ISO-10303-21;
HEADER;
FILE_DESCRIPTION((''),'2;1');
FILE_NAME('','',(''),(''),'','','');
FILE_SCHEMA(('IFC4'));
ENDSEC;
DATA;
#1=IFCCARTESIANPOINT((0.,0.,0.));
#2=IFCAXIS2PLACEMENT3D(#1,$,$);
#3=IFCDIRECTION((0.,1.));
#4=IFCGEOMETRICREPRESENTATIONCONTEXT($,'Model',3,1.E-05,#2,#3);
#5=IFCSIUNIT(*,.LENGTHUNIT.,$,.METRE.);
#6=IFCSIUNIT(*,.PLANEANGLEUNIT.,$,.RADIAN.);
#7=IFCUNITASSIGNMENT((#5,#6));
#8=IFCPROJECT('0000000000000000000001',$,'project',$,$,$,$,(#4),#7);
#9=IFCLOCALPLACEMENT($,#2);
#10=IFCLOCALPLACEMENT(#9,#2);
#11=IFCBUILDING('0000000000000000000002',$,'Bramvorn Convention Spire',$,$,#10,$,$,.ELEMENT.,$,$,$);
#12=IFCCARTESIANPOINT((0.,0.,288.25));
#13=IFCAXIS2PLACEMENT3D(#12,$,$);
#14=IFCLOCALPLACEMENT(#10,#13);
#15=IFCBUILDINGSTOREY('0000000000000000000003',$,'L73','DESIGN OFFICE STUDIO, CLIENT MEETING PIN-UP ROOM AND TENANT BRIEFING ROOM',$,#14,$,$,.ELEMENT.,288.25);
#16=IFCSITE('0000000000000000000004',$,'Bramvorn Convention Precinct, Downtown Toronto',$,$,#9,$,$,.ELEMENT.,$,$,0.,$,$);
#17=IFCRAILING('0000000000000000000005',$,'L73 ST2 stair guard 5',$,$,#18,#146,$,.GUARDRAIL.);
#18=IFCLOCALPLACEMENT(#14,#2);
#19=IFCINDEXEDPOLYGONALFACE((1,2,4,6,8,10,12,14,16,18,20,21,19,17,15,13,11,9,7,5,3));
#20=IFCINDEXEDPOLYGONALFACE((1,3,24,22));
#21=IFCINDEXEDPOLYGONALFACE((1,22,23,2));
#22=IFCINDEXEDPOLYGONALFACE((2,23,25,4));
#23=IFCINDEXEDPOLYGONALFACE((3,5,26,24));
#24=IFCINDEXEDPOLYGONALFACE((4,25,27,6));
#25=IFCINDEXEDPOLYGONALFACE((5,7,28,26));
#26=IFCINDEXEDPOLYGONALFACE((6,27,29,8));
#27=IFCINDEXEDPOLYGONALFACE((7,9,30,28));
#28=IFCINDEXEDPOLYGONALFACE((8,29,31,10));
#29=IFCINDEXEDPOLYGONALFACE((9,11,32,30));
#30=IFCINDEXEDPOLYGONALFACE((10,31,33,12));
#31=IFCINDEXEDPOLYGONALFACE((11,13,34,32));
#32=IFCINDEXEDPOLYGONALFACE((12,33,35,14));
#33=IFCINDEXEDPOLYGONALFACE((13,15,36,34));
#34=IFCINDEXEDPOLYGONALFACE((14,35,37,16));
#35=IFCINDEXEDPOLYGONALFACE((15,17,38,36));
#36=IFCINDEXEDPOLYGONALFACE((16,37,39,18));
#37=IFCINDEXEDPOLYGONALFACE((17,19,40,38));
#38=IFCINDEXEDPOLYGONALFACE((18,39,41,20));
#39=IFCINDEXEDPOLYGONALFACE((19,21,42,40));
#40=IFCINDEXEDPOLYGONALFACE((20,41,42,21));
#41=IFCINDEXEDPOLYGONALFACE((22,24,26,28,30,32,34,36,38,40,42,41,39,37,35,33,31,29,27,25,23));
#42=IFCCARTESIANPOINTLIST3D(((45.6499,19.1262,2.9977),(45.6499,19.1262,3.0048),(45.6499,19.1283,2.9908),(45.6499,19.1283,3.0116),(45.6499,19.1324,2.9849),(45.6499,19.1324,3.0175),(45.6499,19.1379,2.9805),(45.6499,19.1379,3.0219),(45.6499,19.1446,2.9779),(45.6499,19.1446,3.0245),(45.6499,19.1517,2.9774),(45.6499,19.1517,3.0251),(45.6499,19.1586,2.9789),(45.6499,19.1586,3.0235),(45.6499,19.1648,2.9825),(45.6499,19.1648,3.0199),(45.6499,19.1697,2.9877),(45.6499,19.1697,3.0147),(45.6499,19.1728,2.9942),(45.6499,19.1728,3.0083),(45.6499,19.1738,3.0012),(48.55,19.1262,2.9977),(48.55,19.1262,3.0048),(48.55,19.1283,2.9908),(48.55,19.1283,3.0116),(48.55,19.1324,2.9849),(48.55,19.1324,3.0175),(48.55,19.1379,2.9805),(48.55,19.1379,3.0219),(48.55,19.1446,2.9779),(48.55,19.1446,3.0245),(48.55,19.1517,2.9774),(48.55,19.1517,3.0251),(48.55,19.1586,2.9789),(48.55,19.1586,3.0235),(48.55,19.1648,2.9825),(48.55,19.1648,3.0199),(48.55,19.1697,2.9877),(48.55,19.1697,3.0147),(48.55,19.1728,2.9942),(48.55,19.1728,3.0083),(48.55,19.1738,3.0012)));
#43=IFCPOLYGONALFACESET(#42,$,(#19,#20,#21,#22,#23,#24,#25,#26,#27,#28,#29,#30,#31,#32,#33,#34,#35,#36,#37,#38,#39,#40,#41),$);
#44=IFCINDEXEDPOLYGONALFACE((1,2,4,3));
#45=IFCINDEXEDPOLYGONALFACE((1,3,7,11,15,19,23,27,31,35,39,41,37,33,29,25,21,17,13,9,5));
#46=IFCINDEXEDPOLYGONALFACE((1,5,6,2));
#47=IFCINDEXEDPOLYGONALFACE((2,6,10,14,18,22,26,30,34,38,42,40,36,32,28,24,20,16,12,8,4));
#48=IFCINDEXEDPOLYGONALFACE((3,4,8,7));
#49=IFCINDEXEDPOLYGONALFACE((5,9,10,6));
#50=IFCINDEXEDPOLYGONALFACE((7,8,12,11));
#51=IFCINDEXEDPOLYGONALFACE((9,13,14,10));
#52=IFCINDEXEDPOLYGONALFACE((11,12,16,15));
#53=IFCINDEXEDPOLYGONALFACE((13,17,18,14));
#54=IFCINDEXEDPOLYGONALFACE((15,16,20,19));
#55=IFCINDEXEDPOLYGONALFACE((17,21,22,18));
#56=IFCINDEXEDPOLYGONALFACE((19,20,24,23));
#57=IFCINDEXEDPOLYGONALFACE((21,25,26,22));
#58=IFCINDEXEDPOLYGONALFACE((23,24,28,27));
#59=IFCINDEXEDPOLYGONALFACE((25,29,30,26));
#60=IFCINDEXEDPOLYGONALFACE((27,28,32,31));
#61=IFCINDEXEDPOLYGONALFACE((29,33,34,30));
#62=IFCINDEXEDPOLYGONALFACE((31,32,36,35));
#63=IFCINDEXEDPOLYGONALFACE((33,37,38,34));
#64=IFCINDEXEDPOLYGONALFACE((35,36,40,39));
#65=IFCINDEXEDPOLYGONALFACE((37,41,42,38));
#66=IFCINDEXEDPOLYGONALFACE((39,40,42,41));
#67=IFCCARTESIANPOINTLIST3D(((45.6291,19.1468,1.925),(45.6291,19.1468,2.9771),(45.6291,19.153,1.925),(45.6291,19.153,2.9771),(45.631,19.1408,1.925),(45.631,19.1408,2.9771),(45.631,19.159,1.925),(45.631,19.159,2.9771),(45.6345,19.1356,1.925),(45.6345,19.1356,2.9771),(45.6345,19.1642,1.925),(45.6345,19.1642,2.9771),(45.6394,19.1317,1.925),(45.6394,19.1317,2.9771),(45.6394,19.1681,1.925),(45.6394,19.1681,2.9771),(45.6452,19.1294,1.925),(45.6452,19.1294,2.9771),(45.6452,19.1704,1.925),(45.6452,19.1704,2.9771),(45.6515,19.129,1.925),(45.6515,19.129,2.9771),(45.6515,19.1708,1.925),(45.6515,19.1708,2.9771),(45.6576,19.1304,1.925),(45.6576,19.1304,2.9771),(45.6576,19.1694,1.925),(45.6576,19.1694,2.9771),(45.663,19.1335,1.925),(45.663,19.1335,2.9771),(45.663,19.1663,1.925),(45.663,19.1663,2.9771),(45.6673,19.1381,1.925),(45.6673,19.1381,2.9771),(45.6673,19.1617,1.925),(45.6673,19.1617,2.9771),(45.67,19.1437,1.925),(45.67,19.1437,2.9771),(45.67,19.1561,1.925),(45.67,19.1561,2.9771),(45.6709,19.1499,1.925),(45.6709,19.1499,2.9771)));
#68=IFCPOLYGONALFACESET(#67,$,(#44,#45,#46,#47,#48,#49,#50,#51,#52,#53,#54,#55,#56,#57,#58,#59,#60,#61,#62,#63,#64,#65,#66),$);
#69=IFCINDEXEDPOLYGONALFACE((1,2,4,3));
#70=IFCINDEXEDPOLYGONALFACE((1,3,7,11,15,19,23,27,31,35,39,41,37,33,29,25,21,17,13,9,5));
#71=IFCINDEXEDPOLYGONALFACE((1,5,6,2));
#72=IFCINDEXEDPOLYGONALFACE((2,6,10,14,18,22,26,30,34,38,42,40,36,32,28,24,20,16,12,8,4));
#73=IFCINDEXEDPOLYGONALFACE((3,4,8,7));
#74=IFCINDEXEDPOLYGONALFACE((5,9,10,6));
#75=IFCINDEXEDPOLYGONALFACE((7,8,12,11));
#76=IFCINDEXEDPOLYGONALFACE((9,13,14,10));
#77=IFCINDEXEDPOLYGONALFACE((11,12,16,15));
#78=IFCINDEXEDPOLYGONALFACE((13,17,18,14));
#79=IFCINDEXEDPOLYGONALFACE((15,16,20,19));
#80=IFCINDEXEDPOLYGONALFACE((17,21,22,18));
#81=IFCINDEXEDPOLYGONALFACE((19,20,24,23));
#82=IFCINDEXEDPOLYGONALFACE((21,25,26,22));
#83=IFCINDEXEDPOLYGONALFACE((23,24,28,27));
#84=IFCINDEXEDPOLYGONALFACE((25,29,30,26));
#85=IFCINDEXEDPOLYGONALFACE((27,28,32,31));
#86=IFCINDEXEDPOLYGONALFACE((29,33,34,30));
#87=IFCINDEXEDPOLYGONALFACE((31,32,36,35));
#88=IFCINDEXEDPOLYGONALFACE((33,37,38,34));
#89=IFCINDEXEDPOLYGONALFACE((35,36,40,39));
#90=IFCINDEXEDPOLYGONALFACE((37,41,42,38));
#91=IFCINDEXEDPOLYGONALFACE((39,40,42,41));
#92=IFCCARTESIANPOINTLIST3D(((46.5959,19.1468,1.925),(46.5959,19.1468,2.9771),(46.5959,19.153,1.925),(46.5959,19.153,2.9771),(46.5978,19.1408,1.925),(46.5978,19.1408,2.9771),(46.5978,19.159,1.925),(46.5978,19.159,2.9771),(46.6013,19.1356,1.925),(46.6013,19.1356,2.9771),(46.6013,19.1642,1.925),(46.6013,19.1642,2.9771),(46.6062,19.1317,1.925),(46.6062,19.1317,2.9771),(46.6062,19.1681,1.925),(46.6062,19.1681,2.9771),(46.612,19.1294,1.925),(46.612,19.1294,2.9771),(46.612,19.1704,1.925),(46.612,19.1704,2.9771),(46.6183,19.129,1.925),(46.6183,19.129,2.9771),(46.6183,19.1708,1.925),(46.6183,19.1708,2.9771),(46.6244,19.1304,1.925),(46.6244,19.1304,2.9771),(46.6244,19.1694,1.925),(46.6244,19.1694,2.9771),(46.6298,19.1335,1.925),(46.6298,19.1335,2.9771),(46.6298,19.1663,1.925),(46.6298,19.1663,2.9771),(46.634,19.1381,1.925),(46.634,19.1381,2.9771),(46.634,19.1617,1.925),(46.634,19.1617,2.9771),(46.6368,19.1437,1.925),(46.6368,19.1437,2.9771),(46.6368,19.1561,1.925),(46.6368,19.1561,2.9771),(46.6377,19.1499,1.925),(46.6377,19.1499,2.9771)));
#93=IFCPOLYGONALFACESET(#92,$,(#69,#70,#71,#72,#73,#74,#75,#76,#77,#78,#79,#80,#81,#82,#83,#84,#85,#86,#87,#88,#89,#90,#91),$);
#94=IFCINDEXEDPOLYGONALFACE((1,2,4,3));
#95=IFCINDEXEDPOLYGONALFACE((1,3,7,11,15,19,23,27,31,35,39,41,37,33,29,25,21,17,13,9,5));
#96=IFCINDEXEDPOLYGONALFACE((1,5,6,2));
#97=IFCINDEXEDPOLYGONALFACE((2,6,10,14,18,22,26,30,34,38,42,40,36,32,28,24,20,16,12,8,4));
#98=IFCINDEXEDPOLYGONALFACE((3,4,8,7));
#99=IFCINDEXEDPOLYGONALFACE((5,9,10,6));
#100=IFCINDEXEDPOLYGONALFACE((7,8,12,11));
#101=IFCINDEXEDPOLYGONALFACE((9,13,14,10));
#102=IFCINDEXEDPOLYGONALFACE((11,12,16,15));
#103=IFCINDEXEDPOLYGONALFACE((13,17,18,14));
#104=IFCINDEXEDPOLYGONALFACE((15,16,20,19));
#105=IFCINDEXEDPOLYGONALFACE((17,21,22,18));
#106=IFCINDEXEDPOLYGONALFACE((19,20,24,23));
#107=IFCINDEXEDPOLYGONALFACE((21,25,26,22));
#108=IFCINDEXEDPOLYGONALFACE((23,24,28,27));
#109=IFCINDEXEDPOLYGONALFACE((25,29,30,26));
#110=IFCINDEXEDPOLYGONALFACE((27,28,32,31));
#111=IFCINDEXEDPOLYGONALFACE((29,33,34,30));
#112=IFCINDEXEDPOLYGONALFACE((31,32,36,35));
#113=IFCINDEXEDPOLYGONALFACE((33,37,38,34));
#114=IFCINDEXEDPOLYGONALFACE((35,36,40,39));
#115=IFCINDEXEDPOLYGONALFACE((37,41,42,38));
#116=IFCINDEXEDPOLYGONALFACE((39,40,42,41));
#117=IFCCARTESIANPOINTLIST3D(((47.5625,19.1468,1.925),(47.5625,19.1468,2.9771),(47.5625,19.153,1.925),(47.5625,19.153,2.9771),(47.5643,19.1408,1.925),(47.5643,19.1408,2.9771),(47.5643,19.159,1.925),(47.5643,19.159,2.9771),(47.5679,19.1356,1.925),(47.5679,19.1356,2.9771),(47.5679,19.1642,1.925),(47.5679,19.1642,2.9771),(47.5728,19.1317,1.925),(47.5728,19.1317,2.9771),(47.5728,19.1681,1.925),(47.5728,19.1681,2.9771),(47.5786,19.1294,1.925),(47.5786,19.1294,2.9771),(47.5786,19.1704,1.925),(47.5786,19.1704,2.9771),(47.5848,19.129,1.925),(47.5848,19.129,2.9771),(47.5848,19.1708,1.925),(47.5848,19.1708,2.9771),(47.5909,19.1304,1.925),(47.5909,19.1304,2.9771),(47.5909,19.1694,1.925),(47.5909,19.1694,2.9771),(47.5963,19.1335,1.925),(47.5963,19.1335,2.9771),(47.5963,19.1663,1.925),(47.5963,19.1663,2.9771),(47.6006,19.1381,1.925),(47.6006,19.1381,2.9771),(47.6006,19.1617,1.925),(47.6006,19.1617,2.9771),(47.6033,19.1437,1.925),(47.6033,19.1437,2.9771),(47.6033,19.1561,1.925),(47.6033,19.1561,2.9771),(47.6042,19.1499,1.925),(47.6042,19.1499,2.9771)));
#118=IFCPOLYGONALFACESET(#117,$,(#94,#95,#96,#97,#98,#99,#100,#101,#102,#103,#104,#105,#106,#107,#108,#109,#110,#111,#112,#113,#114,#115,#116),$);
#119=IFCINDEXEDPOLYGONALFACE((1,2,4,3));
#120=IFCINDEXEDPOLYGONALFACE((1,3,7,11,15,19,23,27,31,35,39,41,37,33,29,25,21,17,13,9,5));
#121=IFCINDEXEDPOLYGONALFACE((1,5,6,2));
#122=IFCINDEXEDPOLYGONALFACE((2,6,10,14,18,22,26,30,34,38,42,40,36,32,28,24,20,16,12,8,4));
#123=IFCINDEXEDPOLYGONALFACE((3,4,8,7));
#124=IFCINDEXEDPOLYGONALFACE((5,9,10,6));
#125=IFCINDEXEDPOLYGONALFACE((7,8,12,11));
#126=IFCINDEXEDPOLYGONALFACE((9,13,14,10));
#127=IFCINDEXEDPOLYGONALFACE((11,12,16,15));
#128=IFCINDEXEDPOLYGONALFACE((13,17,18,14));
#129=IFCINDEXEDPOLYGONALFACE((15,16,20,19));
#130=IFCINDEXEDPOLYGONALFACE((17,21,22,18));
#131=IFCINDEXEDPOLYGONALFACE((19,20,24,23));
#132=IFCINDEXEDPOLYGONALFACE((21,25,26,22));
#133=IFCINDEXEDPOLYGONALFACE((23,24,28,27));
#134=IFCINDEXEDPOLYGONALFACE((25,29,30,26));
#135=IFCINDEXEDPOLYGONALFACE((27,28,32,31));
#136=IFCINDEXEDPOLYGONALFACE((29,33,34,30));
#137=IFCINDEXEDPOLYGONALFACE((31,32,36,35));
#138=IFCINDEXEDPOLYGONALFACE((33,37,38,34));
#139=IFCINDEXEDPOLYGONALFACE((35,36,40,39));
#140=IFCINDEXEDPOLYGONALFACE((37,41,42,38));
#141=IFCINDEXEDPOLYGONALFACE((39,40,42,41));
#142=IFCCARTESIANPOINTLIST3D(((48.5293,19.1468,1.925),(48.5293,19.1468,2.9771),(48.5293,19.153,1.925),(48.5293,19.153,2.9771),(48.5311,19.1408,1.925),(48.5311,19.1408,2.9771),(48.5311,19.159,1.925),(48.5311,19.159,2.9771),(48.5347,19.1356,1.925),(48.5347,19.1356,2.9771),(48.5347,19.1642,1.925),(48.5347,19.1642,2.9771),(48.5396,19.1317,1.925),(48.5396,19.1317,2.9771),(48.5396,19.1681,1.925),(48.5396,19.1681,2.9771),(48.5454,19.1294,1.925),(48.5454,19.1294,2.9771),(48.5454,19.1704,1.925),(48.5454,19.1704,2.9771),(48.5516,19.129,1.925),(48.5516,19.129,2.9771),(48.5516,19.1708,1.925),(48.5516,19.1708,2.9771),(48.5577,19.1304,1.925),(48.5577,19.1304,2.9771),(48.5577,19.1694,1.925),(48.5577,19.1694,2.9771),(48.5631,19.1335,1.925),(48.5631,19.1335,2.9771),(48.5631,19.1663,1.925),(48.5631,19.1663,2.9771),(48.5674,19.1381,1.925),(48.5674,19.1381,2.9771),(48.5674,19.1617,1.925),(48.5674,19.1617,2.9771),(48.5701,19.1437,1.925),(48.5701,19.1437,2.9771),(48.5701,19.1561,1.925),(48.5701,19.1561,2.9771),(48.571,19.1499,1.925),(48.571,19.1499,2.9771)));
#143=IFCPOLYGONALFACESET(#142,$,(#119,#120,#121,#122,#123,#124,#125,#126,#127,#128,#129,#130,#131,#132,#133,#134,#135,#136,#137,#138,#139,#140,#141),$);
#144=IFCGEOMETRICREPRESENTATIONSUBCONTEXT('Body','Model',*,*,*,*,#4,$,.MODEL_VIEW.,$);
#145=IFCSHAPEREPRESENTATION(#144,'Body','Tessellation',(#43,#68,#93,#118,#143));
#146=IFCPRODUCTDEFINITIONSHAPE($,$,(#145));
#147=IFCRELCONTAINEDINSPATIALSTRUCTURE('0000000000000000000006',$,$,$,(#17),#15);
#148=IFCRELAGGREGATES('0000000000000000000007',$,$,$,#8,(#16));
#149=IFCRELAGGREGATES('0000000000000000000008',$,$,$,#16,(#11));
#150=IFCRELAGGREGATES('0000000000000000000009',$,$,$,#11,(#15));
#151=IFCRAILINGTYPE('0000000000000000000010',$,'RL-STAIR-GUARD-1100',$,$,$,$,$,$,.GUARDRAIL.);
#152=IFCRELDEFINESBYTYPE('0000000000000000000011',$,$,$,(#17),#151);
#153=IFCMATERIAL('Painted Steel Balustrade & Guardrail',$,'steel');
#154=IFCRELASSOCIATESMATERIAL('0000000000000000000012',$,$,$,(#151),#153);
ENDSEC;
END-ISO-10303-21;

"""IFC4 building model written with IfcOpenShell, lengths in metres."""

from ifc_helpers import new_model, si_unit, direction, frame, origin, origin_2d, place, context, subcontext, project, spatial, circle, extrude, material, type_object, element, save


model = new_model("IFC4")

# Units and contexts
model_context = context("Model", 3, precision=1e-05, world=origin(), true_north=direction((0.0, 1.0)))
body_context = subcontext(model_context, "Body", "Model", "MODEL_VIEW")
ifc_project = project(units=[si_unit("LENGTHUNIT", "METRE"), si_unit("PLANEANGLEUNIT", "RADIAN")], contexts=[model_context])

# Site, building, storey
site_placement = place(None, origin())
site = spatial("IfcSite", under=ifc_project, at=site_placement, Name="Bramvorn Convention Precinct, Downtown Toronto", CompositionType="ELEMENT", RefElevation=0.0)
building_placement = place(site_placement, origin())
building = spatial("IfcBuilding", under=site, at=building_placement, Name="Bramvorn Convention Spire", CompositionType="ELEMENT")
storey_placement = place(building_placement, frame((0.0, 0.0, 288.25)))
storey = spatial("IfcBuildingStorey", under=building, at=storey_placement, Name="L73", Description="DESIGN OFFICE STUDIO, CLIENT MEETING PIN-UP ROOM AND TENANT BRIEFING ROOM", CompositionType="ELEMENT", Elevation=288.25)

# Railing
ifc_material_1 = material(Name="Painted Steel Balustrade & Guardrail", Category="steel")
railing_type = type_object("IfcRailingType", Name="RL-STAIR-GUARD-1100", PredefinedType="GUARDRAIL", material=ifc_material_1)
railing_1_placement = place(storey_placement, frame((45.6499, 19.1499, 1.925)))
element("IfcRailing", 1, at=railing_1_placement, inside=storey, type_object=railing_type, Name="L73 ST2 stair guard 5", PredefinedType="GUARDRAIL", context=body_context, shape_type="SweptSolid", body=[
    extrude(circle(Radius=0.0239, at=origin_2d()), frame((0.0, 0.0, 1.0762), z_axis=(1.0, 0.0, 0.0), x_axis=(0.0, 1.0, 0.0)), (0.0, 0.0, 1.0), 2.9001),
    extrude(circle(Radius=0.021, at=origin_2d()), origin(), (0.0, 0.0, 1.0), 1.052),
    extrude(circle(Radius=0.021, at=origin_2d()), frame((0.9668, 0.0, 0.0)), (0.0, 0.0, 1.0), 1.052),
    extrude(circle(Radius=0.021, at=origin_2d()), frame((1.9333, 0.0, 0.0)), (0.0, 0.0, 1.0), 1.052),
    extrude(circle(Radius=0.021, at=origin_2d()), frame((2.9001, 0.0, 0.0)), (0.0, 0.0, 1.0), 1.052),
])

save(model, "model.ifc")
